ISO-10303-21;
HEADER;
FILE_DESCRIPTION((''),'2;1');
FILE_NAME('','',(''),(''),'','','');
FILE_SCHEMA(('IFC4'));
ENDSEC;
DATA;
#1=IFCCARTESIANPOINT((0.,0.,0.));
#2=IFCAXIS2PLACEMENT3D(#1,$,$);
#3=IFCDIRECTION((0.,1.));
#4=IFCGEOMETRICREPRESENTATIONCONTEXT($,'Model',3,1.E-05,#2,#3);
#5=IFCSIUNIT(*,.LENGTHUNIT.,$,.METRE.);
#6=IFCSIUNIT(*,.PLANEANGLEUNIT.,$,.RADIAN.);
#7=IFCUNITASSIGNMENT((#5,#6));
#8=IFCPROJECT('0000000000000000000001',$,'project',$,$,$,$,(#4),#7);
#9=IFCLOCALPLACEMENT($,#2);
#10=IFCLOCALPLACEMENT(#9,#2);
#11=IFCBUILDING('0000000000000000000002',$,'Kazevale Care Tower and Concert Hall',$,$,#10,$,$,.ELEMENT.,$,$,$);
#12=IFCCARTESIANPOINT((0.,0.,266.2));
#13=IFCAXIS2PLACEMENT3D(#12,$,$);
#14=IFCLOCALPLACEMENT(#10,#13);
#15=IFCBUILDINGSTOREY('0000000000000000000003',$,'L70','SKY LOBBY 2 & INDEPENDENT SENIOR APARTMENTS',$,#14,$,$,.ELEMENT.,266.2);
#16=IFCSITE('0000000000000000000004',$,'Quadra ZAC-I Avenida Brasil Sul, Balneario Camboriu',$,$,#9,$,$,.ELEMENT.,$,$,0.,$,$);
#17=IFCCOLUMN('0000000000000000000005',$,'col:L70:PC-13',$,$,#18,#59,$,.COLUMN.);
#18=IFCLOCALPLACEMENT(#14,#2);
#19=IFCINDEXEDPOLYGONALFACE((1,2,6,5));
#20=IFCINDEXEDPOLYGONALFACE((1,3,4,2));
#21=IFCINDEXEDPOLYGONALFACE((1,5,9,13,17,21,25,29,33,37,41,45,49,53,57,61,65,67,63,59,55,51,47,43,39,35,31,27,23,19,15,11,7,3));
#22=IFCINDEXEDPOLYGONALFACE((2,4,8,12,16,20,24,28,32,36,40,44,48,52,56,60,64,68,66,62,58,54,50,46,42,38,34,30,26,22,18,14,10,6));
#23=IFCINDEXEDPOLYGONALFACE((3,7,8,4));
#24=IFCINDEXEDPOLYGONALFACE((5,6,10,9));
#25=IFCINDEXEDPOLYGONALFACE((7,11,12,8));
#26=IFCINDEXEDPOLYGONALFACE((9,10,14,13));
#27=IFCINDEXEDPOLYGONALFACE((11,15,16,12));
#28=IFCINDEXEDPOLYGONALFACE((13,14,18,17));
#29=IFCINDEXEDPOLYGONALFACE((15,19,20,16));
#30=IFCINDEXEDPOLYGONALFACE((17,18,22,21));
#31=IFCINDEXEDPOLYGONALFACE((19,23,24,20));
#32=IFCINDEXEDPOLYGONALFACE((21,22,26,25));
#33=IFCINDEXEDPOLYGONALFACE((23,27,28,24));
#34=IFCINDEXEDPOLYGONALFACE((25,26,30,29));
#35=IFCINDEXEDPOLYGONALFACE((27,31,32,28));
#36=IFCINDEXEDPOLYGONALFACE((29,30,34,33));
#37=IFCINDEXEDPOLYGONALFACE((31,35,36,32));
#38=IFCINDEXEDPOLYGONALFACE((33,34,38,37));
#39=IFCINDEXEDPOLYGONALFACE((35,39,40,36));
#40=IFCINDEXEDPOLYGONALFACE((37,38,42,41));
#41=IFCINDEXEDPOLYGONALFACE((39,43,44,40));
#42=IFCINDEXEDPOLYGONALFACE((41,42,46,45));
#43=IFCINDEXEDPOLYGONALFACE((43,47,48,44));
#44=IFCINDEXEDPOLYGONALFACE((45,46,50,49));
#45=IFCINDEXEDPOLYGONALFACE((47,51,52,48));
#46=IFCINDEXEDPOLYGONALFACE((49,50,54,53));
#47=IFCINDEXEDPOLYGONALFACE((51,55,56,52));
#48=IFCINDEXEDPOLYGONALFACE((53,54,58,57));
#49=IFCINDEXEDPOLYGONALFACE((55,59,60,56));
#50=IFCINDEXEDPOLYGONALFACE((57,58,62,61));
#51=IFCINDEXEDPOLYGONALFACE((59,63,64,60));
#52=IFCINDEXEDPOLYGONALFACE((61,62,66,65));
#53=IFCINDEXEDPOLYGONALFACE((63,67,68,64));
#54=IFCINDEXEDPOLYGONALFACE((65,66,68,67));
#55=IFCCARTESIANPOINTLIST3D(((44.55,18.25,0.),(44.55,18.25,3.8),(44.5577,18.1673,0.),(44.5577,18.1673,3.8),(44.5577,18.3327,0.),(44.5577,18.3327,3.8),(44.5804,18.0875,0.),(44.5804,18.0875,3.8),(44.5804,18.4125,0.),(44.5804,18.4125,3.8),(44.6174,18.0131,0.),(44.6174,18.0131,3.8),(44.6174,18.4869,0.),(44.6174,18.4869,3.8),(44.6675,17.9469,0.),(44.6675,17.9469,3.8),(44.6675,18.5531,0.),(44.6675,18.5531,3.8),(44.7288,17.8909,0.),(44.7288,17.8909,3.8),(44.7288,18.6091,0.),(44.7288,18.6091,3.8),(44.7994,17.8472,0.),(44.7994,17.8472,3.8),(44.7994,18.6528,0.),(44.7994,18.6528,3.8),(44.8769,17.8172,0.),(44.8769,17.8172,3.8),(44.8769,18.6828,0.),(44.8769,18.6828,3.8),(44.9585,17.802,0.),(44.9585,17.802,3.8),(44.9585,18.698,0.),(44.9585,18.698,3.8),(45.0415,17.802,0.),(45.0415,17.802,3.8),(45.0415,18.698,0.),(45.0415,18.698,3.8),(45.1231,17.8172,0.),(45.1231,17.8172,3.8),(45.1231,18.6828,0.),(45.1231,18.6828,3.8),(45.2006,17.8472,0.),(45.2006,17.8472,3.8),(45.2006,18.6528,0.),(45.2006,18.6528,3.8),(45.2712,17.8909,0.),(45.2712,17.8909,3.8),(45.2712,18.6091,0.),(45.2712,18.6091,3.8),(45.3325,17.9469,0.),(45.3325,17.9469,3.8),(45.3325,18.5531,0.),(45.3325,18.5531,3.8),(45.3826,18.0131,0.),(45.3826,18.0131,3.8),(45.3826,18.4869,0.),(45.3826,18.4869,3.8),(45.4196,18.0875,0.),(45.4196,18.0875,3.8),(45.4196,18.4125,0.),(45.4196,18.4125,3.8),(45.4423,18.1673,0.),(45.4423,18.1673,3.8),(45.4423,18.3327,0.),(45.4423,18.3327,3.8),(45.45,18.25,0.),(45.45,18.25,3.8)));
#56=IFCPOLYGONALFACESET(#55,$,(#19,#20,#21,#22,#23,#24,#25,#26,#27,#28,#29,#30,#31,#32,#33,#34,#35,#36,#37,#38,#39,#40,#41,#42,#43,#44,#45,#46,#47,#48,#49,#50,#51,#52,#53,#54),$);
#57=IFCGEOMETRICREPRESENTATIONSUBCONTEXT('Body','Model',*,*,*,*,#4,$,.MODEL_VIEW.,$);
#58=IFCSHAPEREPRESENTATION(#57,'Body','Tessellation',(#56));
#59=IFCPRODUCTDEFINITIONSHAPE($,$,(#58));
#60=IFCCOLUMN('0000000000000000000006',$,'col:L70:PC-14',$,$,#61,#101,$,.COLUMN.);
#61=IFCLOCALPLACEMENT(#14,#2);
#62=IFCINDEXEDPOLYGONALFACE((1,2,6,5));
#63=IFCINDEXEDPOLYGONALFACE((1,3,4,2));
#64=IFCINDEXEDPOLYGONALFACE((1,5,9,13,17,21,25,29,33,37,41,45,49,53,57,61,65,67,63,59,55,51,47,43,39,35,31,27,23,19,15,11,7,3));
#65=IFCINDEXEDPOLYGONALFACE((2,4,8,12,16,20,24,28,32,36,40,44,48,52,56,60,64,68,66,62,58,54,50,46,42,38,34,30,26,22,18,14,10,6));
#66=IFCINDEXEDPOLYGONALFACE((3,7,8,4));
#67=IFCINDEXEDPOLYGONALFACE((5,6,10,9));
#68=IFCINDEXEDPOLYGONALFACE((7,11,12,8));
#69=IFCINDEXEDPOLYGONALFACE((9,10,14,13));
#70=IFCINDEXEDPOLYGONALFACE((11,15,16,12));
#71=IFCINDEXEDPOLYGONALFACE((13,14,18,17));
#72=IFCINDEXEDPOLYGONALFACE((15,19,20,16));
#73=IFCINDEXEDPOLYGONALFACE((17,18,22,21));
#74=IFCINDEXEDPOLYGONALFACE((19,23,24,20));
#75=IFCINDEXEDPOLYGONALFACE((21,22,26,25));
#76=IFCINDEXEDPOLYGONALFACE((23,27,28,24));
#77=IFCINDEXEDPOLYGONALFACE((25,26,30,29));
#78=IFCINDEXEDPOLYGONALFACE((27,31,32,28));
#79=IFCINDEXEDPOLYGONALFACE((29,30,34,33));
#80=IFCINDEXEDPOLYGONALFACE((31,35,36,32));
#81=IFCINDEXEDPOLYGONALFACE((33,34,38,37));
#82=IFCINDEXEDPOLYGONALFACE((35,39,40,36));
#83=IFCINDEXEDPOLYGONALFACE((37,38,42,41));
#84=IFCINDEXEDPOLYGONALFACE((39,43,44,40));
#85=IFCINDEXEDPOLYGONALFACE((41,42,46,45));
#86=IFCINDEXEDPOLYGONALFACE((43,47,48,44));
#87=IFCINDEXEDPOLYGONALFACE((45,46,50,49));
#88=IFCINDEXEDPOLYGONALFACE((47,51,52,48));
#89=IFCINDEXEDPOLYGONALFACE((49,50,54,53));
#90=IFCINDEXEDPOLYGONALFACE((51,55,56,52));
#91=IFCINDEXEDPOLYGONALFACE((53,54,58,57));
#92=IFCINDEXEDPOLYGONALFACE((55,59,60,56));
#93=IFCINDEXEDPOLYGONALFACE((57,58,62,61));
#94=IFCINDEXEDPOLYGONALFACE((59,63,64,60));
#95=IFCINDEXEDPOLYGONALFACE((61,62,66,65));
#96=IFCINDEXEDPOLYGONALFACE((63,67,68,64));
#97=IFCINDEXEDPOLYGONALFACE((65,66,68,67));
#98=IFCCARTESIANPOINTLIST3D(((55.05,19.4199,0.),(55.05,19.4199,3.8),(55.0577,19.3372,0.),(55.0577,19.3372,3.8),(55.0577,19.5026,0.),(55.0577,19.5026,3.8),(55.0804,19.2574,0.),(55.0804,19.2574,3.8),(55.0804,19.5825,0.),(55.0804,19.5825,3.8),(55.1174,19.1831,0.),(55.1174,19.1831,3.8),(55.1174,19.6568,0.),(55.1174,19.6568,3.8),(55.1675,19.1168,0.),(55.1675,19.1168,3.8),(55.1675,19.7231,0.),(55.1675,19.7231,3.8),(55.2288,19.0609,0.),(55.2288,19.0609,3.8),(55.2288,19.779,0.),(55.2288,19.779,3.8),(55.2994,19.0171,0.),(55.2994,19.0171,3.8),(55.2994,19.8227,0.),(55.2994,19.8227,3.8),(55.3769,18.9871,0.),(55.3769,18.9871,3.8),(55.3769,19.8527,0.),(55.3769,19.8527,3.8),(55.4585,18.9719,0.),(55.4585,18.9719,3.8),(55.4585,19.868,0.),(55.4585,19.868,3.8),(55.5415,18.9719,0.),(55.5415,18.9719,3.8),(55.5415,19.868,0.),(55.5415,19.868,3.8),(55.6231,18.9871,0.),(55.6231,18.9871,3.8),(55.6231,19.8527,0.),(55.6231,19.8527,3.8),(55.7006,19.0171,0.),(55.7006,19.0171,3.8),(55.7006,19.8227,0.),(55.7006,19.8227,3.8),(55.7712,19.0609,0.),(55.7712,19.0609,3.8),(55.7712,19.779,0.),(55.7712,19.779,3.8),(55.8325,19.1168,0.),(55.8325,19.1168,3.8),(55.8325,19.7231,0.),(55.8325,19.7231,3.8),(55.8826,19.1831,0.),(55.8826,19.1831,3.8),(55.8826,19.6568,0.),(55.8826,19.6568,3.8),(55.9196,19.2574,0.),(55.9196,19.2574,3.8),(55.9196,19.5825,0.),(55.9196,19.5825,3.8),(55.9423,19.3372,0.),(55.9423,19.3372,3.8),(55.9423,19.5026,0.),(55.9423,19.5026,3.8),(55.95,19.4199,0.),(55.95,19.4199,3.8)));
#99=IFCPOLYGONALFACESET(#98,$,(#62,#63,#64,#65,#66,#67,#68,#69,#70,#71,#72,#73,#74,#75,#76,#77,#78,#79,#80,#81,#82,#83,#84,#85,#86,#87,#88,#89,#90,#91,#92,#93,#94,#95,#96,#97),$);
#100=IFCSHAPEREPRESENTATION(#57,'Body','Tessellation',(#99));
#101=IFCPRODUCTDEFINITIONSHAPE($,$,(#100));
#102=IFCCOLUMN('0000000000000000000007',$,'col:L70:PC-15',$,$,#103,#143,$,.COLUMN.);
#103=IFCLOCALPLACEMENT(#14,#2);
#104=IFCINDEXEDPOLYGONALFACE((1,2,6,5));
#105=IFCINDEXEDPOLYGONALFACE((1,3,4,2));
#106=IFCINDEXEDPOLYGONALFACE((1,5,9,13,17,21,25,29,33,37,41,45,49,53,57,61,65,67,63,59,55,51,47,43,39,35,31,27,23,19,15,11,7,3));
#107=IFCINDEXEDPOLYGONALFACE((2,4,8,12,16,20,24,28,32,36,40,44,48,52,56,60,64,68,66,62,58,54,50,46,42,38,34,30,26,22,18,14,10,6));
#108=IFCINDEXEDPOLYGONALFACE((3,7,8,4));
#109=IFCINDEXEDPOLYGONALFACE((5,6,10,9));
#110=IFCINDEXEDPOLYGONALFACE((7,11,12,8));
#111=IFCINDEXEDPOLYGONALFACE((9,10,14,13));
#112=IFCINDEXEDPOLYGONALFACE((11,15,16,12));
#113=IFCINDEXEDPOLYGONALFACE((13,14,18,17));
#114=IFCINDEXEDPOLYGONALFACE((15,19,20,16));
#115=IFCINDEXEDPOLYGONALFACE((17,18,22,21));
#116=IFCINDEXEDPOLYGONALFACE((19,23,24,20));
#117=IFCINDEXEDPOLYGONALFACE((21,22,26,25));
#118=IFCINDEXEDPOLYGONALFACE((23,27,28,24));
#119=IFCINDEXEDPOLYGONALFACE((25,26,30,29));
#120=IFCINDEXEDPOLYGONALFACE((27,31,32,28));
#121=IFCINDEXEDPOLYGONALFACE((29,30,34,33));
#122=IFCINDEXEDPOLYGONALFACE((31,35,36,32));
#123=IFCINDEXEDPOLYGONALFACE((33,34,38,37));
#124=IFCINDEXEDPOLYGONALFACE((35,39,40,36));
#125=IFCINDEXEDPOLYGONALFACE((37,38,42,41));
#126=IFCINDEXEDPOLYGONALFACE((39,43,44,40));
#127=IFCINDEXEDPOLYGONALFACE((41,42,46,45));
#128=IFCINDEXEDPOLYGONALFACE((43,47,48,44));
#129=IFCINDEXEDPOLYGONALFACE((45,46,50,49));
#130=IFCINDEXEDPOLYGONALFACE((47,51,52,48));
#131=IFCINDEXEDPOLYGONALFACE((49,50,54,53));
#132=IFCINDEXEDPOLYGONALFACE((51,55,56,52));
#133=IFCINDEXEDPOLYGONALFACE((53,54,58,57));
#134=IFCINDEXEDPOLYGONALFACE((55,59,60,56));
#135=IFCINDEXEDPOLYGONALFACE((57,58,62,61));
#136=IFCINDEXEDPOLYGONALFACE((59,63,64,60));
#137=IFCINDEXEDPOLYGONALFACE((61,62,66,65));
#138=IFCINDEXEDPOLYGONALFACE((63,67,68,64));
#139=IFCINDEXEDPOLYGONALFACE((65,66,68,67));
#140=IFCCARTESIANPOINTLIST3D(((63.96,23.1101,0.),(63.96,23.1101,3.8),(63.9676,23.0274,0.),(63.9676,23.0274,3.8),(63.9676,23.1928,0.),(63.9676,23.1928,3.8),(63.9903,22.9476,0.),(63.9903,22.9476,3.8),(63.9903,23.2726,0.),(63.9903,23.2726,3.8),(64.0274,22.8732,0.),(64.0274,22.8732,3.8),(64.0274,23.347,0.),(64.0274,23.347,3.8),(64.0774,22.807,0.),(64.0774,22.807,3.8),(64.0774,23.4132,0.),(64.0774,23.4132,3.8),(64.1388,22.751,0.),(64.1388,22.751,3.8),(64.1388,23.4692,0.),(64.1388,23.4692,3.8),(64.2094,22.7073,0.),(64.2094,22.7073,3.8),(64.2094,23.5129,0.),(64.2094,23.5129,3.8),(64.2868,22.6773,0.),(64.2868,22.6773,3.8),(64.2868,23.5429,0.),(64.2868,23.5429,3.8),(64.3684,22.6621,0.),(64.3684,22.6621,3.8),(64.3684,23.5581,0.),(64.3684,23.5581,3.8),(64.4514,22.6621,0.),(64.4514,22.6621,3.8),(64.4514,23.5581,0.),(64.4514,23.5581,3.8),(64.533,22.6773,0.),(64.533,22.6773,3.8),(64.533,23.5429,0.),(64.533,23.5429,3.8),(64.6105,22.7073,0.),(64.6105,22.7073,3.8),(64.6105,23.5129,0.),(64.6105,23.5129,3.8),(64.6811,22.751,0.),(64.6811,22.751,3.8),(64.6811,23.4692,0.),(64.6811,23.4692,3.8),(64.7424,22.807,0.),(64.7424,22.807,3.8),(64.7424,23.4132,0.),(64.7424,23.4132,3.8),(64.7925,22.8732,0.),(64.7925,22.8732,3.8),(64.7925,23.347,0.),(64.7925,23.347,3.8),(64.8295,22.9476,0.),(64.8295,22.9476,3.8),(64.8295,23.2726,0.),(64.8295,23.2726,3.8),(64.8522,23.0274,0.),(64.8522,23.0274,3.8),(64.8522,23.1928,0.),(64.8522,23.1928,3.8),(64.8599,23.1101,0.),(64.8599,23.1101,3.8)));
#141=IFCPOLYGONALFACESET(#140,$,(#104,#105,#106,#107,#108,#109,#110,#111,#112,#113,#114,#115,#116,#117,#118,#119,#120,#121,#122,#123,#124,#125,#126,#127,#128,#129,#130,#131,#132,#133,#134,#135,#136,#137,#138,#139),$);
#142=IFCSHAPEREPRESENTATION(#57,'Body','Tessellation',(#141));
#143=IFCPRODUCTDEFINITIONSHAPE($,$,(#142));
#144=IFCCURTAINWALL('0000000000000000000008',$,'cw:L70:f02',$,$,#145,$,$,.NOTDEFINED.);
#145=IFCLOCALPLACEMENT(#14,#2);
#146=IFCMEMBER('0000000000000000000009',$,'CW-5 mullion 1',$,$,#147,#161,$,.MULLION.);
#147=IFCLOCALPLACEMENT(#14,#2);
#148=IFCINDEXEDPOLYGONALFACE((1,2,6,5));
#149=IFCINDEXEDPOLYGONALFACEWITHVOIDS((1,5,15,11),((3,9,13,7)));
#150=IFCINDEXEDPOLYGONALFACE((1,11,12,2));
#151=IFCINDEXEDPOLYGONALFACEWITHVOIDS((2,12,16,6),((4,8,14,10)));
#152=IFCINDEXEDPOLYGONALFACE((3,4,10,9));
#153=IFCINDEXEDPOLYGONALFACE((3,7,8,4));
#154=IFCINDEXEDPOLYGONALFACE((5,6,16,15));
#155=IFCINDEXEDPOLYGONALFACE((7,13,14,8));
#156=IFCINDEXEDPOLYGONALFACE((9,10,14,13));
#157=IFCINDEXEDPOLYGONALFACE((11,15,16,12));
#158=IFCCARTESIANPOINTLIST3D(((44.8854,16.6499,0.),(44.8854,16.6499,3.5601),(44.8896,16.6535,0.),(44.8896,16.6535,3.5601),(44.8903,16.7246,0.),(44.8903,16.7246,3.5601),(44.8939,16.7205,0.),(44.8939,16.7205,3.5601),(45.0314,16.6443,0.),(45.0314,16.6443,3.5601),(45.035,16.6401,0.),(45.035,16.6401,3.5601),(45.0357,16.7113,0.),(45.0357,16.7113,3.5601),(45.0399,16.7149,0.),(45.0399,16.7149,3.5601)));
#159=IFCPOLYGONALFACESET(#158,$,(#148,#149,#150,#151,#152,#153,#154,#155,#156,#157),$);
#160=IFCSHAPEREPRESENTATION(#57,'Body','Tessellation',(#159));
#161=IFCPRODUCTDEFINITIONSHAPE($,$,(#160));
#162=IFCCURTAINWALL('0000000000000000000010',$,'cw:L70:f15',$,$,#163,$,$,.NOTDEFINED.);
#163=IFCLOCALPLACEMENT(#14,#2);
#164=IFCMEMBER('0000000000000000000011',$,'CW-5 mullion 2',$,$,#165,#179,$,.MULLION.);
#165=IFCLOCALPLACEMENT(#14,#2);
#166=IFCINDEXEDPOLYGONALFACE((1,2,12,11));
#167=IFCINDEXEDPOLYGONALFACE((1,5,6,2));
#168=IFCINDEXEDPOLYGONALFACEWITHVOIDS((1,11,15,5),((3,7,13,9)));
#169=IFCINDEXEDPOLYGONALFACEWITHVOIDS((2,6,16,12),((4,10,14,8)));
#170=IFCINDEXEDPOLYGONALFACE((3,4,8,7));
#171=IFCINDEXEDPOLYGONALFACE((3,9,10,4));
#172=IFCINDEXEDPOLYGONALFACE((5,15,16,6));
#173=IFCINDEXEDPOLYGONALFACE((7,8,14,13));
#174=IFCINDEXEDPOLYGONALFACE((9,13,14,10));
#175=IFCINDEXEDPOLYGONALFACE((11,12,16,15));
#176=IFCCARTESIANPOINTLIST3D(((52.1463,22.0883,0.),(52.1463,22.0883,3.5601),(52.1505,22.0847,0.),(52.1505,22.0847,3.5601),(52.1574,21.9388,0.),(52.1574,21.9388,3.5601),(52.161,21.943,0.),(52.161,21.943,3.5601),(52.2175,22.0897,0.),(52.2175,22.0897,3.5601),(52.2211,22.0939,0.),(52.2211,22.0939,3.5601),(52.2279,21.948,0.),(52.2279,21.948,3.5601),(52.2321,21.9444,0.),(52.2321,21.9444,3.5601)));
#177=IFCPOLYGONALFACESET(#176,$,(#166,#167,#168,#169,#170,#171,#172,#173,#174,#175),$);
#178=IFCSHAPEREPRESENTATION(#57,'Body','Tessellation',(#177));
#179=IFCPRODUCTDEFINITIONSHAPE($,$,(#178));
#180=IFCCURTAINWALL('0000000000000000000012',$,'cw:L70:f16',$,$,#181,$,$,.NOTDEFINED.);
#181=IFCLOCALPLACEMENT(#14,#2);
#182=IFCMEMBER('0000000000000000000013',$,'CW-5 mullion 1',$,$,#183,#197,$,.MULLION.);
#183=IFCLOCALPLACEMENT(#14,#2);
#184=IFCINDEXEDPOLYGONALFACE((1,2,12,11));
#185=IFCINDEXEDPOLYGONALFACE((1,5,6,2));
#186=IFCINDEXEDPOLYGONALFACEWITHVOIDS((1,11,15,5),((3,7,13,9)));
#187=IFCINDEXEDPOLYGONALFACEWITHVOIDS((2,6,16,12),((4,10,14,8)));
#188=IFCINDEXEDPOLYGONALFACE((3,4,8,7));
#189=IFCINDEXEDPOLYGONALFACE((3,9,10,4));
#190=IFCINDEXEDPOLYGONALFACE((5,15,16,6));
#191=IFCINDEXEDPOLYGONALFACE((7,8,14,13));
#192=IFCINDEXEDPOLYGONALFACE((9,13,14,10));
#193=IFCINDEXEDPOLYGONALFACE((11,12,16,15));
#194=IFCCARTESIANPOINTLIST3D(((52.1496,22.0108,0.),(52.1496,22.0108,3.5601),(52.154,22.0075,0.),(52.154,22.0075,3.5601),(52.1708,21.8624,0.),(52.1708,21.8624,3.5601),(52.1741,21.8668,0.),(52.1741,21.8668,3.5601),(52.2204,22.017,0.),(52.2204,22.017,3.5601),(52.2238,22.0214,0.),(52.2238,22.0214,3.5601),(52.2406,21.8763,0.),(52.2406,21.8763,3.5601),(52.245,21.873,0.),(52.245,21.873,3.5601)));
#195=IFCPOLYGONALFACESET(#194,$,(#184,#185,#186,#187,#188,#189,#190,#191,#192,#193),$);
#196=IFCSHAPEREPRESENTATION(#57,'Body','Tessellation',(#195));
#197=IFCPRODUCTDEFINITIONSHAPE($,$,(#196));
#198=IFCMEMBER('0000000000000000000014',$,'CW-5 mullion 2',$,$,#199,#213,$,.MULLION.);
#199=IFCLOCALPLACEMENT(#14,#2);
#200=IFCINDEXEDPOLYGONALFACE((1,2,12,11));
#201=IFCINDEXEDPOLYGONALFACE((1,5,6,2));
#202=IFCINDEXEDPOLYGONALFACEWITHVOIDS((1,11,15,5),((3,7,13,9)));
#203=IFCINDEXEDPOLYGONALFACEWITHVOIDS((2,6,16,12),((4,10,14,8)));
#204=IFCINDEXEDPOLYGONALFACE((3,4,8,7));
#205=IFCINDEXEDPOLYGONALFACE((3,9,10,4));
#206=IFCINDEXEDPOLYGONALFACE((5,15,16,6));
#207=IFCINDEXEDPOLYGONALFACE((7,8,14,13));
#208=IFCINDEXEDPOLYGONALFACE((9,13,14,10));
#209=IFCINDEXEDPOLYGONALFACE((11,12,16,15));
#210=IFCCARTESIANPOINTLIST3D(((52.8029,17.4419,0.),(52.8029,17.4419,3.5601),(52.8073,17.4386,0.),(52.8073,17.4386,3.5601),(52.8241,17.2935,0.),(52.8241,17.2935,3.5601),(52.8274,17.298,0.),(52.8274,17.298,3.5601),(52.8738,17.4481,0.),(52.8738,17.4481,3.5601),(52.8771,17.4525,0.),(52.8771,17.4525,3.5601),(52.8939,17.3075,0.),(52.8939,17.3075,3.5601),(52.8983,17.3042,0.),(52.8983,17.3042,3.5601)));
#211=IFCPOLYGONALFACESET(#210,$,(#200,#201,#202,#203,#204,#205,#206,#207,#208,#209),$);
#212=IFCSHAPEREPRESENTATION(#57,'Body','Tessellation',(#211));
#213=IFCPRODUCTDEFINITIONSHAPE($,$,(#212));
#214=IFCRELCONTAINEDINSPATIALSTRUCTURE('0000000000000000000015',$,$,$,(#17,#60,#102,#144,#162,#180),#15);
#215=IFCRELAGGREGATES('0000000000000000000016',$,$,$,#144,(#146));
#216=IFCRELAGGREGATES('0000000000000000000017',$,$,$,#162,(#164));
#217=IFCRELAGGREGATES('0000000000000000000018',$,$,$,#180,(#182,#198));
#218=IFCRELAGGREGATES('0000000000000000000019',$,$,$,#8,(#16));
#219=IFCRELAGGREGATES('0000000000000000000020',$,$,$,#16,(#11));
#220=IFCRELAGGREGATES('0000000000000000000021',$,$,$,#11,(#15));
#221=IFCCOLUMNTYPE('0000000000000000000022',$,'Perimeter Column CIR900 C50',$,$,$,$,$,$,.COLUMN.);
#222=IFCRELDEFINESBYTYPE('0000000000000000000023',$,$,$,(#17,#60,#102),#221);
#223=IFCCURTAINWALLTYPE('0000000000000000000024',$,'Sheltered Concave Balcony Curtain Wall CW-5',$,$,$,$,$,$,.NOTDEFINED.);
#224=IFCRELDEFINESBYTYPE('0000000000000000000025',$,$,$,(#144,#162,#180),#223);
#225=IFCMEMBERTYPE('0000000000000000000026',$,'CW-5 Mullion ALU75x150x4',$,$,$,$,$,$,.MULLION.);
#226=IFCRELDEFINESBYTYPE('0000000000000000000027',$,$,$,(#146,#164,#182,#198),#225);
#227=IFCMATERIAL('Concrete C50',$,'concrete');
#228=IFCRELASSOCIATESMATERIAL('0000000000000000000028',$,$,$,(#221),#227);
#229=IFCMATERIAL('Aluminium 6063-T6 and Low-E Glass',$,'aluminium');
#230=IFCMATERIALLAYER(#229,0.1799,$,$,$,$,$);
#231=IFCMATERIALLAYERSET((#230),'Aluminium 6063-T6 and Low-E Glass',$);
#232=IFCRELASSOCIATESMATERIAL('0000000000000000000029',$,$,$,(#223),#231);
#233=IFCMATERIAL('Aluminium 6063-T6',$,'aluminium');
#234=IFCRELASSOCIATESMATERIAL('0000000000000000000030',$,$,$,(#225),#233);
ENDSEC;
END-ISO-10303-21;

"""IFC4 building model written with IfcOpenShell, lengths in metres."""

from ifc_helpers import new_model, si_unit, direction, frame, origin, origin_2d, place, context, subcontext, project, spatial, hollow_rectangle, circle, extrude, material, layer, layer_set, material_profile, profile_set, type_object, element, aggregate, save


model = new_model("IFC4")

# Units and contexts
model_context = context("Model", 3, precision=1e-05, world=origin(), true_north=direction((0.0, 1.0)))
body_context = subcontext(model_context, "Body", "Model", "MODEL_VIEW")
ifc_project = project(units=[si_unit("LENGTHUNIT", "METRE"), si_unit("PLANEANGLEUNIT", "RADIAN")], contexts=[model_context])

# Site, building, storey
site_placement = place(None, origin())
site = spatial("IfcSite", under=ifc_project, at=site_placement, Name="Quadra ZAC-I Avenida Brasil Sul, Balneario Camboriu", CompositionType="ELEMENT", RefElevation=0.0)
building_placement = place(site_placement, origin())
building = spatial("IfcBuilding", under=site, at=building_placement, Name="Kazevale Care Tower and Concert Hall", CompositionType="ELEMENT")
storey_placement = place(building_placement, frame((0.0, 0.0, 266.2)))
storey = spatial("IfcBuildingStorey", under=building, at=storey_placement, Name="L70", Description="SKY LOBBY 2 & INDEPENDENT SENIOR APARTMENTS", CompositionType="ELEMENT", Elevation=266.2)

# Columns
ifc_material_1 = material(Name="Concrete C50", Category="concrete")
ifc_material_profile_1 = material_profile(ifc_material_1, circle(Radius=0.45, at=origin_2d()), Name="RC-CIR900")
ifc_profile_set_1 = profile_set([ifc_material_profile_1], Name="Concrete C50")
column_type = type_object("IfcColumnType", Name="Perimeter Column CIR900 C50", PredefinedType="COLUMN", material=ifc_profile_set_1)
for number, where, z_axis, x_axis, name in (
    (1, (45.0, 18.25, 0.0), (0.0, 0.0, 1.0), (1.0, 0.0, 0.0), "col:L70:PC-13"),
    (2, (55.5, 19.4199, 0.0), (0.0, 0.0, 1.0), (1.0, 0.0, 0.0), "col:L70:PC-14"),
    (3, (64.4099, 23.1101, 0.0), (0.0, 0.0, 1.0), (1.0, 0.0, 0.0), "col:L70:PC-15"),
):
    element("IfcColumn", number, at=place(storey_placement, frame(where, z_axis=z_axis, x_axis=x_axis)), inside=storey, type_object=column_type, Name=name, PredefinedType="COLUMN", context=body_context, shape_type="SweptSolid", body=[
        extrude(circle(Radius=0.45, at=origin_2d()), origin(), (0.0, 0.0, 1.0), 3.8),
    ])

# Curtain walls, members
ifc_material_2 = material(Name="Aluminium 6063-T6 and Low-E Glass", Category="aluminium")
ifc_layer_1 = layer(ifc_material_2, 0.1799)
ifc_layer_set_1 = layer_set([ifc_layer_1], Name="Aluminium 6063-T6 and Low-E Glass")
curtain_wall_type = type_object("IfcCurtainWallType", Name="Sheltered Concave Balcony Curtain Wall CW-5", PredefinedType="NOTDEFINED", material=ifc_layer_set_1)
curtain_wall_1_placement = place(storey_placement, origin())
curtain_wall_1 = element("IfcCurtainWall", 4, at=curtain_wall_1_placement, inside=storey, type_object=curtain_wall_type, Name="cw:L70:f02", PredefinedType="NOTDEFINED")
ifc_material_3 = material(Name="Aluminium 6063-T6", Category="aluminium")
ifc_material_profile_2 = material_profile(ifc_material_3, hollow_rectangle(XDim=0.075, YDim=0.1499, WallThickness=0.0039, at=origin_2d()), Name="ALU75x150x4")
ifc_profile_set_2 = profile_set([ifc_material_profile_2], Name="Aluminium 6063-T6")
member_type_1 = type_object("IfcMemberType", Name="CW-5 Mullion ALU75x150x4", PredefinedType="MULLION", material=ifc_profile_set_2)
member_1_placement = place(storey_placement, frame((44.9626, 16.6824, 0.0), z_axis=(0.0, 0.0, 1.0), x_axis=(-0.065046, -0.997882, 0.0)))
member_1 = element("IfcMember", 5, at=member_1_placement, type_object=member_type_1, Name="CW-5 mullion 1", PredefinedType="MULLION", context=body_context, shape_type="SweptSolid", body=[
    extrude(hollow_rectangle(XDim=0.075, YDim=0.1499, WallThickness=0.0039, at=origin_2d()), origin(), (0.0, 0.0, 1.0), 3.5601),
])
curtain_wall_2_placement = place(storey_placement, origin())
curtain_wall_2 = element("IfcCurtainWall", 6, at=curtain_wall_2_placement, inside=storey, type_object=curtain_wall_type, Name="cw:L70:f15", PredefinedType="NOTDEFINED")
member_2_placement = place(storey_placement, frame((52.1892, 22.0164, 0.0), z_axis=(0.0, 0.0, 1.0), x_axis=(0.997279, 0.073714, 0.0)))
member_2 = element("IfcMember", 7, at=member_2_placement, type_object=member_type_1, Name="CW-5 mullion 2", PredefinedType="MULLION", context=body_context, shape_type="SweptSolid", body=[
    extrude(hollow_rectangle(XDim=0.075, YDim=0.1499, WallThickness=0.0039, at=origin_2d()), origin(), (0.0, 0.0, 1.0), 3.5601),
])

# Curtain wall, members
curtain_wall_3_placement = place(storey_placement, origin())
curtain_wall_3 = element("IfcCurtainWall", 8, at=curtain_wall_3_placement, inside=storey, type_object=curtain_wall_type, Name="cw:L70:f16", PredefinedType="NOTDEFINED")
member_3_placement = place(storey_placement, frame((52.1973, 21.9419, 0.0), z_axis=(0.0, 0.0, 1.0), x_axis=(0.989928, 0.141571, 0.0)))
member_3 = element("IfcMember", 9, at=member_3_placement, type_object=member_type_1, Name="CW-5 mullion 1", PredefinedType="MULLION", context=body_context, shape_type="SweptSolid", body=[
    extrude(hollow_rectangle(XDim=0.075, YDim=0.1499, WallThickness=0.0039, at=origin_2d()), origin(), (0.0, 0.0, 1.0), 3.5601),
])
member_4_placement = place(storey_placement, frame((52.8506, 17.373, 0.0), z_axis=(0.0, 0.0, 1.0), x_axis=(0.989928, 0.141571, 0.0)))
member_4 = element("IfcMember", 10, at=member_4_placement, type_object=member_type_1, Name="CW-5 mullion 2", PredefinedType="MULLION", context=body_context, shape_type="SweptSolid", body=[
    extrude(hollow_rectangle(XDim=0.075, YDim=0.1499, WallThickness=0.0039, at=origin_2d()), origin(), (0.0, 0.0, 1.0), 3.5601),
])

aggregate(curtain_wall_1, [member_1])

aggregate(curtain_wall_2, [member_2])
aggregate(curtain_wall_3, [member_3, member_4])

save(model, "model.ifc")
